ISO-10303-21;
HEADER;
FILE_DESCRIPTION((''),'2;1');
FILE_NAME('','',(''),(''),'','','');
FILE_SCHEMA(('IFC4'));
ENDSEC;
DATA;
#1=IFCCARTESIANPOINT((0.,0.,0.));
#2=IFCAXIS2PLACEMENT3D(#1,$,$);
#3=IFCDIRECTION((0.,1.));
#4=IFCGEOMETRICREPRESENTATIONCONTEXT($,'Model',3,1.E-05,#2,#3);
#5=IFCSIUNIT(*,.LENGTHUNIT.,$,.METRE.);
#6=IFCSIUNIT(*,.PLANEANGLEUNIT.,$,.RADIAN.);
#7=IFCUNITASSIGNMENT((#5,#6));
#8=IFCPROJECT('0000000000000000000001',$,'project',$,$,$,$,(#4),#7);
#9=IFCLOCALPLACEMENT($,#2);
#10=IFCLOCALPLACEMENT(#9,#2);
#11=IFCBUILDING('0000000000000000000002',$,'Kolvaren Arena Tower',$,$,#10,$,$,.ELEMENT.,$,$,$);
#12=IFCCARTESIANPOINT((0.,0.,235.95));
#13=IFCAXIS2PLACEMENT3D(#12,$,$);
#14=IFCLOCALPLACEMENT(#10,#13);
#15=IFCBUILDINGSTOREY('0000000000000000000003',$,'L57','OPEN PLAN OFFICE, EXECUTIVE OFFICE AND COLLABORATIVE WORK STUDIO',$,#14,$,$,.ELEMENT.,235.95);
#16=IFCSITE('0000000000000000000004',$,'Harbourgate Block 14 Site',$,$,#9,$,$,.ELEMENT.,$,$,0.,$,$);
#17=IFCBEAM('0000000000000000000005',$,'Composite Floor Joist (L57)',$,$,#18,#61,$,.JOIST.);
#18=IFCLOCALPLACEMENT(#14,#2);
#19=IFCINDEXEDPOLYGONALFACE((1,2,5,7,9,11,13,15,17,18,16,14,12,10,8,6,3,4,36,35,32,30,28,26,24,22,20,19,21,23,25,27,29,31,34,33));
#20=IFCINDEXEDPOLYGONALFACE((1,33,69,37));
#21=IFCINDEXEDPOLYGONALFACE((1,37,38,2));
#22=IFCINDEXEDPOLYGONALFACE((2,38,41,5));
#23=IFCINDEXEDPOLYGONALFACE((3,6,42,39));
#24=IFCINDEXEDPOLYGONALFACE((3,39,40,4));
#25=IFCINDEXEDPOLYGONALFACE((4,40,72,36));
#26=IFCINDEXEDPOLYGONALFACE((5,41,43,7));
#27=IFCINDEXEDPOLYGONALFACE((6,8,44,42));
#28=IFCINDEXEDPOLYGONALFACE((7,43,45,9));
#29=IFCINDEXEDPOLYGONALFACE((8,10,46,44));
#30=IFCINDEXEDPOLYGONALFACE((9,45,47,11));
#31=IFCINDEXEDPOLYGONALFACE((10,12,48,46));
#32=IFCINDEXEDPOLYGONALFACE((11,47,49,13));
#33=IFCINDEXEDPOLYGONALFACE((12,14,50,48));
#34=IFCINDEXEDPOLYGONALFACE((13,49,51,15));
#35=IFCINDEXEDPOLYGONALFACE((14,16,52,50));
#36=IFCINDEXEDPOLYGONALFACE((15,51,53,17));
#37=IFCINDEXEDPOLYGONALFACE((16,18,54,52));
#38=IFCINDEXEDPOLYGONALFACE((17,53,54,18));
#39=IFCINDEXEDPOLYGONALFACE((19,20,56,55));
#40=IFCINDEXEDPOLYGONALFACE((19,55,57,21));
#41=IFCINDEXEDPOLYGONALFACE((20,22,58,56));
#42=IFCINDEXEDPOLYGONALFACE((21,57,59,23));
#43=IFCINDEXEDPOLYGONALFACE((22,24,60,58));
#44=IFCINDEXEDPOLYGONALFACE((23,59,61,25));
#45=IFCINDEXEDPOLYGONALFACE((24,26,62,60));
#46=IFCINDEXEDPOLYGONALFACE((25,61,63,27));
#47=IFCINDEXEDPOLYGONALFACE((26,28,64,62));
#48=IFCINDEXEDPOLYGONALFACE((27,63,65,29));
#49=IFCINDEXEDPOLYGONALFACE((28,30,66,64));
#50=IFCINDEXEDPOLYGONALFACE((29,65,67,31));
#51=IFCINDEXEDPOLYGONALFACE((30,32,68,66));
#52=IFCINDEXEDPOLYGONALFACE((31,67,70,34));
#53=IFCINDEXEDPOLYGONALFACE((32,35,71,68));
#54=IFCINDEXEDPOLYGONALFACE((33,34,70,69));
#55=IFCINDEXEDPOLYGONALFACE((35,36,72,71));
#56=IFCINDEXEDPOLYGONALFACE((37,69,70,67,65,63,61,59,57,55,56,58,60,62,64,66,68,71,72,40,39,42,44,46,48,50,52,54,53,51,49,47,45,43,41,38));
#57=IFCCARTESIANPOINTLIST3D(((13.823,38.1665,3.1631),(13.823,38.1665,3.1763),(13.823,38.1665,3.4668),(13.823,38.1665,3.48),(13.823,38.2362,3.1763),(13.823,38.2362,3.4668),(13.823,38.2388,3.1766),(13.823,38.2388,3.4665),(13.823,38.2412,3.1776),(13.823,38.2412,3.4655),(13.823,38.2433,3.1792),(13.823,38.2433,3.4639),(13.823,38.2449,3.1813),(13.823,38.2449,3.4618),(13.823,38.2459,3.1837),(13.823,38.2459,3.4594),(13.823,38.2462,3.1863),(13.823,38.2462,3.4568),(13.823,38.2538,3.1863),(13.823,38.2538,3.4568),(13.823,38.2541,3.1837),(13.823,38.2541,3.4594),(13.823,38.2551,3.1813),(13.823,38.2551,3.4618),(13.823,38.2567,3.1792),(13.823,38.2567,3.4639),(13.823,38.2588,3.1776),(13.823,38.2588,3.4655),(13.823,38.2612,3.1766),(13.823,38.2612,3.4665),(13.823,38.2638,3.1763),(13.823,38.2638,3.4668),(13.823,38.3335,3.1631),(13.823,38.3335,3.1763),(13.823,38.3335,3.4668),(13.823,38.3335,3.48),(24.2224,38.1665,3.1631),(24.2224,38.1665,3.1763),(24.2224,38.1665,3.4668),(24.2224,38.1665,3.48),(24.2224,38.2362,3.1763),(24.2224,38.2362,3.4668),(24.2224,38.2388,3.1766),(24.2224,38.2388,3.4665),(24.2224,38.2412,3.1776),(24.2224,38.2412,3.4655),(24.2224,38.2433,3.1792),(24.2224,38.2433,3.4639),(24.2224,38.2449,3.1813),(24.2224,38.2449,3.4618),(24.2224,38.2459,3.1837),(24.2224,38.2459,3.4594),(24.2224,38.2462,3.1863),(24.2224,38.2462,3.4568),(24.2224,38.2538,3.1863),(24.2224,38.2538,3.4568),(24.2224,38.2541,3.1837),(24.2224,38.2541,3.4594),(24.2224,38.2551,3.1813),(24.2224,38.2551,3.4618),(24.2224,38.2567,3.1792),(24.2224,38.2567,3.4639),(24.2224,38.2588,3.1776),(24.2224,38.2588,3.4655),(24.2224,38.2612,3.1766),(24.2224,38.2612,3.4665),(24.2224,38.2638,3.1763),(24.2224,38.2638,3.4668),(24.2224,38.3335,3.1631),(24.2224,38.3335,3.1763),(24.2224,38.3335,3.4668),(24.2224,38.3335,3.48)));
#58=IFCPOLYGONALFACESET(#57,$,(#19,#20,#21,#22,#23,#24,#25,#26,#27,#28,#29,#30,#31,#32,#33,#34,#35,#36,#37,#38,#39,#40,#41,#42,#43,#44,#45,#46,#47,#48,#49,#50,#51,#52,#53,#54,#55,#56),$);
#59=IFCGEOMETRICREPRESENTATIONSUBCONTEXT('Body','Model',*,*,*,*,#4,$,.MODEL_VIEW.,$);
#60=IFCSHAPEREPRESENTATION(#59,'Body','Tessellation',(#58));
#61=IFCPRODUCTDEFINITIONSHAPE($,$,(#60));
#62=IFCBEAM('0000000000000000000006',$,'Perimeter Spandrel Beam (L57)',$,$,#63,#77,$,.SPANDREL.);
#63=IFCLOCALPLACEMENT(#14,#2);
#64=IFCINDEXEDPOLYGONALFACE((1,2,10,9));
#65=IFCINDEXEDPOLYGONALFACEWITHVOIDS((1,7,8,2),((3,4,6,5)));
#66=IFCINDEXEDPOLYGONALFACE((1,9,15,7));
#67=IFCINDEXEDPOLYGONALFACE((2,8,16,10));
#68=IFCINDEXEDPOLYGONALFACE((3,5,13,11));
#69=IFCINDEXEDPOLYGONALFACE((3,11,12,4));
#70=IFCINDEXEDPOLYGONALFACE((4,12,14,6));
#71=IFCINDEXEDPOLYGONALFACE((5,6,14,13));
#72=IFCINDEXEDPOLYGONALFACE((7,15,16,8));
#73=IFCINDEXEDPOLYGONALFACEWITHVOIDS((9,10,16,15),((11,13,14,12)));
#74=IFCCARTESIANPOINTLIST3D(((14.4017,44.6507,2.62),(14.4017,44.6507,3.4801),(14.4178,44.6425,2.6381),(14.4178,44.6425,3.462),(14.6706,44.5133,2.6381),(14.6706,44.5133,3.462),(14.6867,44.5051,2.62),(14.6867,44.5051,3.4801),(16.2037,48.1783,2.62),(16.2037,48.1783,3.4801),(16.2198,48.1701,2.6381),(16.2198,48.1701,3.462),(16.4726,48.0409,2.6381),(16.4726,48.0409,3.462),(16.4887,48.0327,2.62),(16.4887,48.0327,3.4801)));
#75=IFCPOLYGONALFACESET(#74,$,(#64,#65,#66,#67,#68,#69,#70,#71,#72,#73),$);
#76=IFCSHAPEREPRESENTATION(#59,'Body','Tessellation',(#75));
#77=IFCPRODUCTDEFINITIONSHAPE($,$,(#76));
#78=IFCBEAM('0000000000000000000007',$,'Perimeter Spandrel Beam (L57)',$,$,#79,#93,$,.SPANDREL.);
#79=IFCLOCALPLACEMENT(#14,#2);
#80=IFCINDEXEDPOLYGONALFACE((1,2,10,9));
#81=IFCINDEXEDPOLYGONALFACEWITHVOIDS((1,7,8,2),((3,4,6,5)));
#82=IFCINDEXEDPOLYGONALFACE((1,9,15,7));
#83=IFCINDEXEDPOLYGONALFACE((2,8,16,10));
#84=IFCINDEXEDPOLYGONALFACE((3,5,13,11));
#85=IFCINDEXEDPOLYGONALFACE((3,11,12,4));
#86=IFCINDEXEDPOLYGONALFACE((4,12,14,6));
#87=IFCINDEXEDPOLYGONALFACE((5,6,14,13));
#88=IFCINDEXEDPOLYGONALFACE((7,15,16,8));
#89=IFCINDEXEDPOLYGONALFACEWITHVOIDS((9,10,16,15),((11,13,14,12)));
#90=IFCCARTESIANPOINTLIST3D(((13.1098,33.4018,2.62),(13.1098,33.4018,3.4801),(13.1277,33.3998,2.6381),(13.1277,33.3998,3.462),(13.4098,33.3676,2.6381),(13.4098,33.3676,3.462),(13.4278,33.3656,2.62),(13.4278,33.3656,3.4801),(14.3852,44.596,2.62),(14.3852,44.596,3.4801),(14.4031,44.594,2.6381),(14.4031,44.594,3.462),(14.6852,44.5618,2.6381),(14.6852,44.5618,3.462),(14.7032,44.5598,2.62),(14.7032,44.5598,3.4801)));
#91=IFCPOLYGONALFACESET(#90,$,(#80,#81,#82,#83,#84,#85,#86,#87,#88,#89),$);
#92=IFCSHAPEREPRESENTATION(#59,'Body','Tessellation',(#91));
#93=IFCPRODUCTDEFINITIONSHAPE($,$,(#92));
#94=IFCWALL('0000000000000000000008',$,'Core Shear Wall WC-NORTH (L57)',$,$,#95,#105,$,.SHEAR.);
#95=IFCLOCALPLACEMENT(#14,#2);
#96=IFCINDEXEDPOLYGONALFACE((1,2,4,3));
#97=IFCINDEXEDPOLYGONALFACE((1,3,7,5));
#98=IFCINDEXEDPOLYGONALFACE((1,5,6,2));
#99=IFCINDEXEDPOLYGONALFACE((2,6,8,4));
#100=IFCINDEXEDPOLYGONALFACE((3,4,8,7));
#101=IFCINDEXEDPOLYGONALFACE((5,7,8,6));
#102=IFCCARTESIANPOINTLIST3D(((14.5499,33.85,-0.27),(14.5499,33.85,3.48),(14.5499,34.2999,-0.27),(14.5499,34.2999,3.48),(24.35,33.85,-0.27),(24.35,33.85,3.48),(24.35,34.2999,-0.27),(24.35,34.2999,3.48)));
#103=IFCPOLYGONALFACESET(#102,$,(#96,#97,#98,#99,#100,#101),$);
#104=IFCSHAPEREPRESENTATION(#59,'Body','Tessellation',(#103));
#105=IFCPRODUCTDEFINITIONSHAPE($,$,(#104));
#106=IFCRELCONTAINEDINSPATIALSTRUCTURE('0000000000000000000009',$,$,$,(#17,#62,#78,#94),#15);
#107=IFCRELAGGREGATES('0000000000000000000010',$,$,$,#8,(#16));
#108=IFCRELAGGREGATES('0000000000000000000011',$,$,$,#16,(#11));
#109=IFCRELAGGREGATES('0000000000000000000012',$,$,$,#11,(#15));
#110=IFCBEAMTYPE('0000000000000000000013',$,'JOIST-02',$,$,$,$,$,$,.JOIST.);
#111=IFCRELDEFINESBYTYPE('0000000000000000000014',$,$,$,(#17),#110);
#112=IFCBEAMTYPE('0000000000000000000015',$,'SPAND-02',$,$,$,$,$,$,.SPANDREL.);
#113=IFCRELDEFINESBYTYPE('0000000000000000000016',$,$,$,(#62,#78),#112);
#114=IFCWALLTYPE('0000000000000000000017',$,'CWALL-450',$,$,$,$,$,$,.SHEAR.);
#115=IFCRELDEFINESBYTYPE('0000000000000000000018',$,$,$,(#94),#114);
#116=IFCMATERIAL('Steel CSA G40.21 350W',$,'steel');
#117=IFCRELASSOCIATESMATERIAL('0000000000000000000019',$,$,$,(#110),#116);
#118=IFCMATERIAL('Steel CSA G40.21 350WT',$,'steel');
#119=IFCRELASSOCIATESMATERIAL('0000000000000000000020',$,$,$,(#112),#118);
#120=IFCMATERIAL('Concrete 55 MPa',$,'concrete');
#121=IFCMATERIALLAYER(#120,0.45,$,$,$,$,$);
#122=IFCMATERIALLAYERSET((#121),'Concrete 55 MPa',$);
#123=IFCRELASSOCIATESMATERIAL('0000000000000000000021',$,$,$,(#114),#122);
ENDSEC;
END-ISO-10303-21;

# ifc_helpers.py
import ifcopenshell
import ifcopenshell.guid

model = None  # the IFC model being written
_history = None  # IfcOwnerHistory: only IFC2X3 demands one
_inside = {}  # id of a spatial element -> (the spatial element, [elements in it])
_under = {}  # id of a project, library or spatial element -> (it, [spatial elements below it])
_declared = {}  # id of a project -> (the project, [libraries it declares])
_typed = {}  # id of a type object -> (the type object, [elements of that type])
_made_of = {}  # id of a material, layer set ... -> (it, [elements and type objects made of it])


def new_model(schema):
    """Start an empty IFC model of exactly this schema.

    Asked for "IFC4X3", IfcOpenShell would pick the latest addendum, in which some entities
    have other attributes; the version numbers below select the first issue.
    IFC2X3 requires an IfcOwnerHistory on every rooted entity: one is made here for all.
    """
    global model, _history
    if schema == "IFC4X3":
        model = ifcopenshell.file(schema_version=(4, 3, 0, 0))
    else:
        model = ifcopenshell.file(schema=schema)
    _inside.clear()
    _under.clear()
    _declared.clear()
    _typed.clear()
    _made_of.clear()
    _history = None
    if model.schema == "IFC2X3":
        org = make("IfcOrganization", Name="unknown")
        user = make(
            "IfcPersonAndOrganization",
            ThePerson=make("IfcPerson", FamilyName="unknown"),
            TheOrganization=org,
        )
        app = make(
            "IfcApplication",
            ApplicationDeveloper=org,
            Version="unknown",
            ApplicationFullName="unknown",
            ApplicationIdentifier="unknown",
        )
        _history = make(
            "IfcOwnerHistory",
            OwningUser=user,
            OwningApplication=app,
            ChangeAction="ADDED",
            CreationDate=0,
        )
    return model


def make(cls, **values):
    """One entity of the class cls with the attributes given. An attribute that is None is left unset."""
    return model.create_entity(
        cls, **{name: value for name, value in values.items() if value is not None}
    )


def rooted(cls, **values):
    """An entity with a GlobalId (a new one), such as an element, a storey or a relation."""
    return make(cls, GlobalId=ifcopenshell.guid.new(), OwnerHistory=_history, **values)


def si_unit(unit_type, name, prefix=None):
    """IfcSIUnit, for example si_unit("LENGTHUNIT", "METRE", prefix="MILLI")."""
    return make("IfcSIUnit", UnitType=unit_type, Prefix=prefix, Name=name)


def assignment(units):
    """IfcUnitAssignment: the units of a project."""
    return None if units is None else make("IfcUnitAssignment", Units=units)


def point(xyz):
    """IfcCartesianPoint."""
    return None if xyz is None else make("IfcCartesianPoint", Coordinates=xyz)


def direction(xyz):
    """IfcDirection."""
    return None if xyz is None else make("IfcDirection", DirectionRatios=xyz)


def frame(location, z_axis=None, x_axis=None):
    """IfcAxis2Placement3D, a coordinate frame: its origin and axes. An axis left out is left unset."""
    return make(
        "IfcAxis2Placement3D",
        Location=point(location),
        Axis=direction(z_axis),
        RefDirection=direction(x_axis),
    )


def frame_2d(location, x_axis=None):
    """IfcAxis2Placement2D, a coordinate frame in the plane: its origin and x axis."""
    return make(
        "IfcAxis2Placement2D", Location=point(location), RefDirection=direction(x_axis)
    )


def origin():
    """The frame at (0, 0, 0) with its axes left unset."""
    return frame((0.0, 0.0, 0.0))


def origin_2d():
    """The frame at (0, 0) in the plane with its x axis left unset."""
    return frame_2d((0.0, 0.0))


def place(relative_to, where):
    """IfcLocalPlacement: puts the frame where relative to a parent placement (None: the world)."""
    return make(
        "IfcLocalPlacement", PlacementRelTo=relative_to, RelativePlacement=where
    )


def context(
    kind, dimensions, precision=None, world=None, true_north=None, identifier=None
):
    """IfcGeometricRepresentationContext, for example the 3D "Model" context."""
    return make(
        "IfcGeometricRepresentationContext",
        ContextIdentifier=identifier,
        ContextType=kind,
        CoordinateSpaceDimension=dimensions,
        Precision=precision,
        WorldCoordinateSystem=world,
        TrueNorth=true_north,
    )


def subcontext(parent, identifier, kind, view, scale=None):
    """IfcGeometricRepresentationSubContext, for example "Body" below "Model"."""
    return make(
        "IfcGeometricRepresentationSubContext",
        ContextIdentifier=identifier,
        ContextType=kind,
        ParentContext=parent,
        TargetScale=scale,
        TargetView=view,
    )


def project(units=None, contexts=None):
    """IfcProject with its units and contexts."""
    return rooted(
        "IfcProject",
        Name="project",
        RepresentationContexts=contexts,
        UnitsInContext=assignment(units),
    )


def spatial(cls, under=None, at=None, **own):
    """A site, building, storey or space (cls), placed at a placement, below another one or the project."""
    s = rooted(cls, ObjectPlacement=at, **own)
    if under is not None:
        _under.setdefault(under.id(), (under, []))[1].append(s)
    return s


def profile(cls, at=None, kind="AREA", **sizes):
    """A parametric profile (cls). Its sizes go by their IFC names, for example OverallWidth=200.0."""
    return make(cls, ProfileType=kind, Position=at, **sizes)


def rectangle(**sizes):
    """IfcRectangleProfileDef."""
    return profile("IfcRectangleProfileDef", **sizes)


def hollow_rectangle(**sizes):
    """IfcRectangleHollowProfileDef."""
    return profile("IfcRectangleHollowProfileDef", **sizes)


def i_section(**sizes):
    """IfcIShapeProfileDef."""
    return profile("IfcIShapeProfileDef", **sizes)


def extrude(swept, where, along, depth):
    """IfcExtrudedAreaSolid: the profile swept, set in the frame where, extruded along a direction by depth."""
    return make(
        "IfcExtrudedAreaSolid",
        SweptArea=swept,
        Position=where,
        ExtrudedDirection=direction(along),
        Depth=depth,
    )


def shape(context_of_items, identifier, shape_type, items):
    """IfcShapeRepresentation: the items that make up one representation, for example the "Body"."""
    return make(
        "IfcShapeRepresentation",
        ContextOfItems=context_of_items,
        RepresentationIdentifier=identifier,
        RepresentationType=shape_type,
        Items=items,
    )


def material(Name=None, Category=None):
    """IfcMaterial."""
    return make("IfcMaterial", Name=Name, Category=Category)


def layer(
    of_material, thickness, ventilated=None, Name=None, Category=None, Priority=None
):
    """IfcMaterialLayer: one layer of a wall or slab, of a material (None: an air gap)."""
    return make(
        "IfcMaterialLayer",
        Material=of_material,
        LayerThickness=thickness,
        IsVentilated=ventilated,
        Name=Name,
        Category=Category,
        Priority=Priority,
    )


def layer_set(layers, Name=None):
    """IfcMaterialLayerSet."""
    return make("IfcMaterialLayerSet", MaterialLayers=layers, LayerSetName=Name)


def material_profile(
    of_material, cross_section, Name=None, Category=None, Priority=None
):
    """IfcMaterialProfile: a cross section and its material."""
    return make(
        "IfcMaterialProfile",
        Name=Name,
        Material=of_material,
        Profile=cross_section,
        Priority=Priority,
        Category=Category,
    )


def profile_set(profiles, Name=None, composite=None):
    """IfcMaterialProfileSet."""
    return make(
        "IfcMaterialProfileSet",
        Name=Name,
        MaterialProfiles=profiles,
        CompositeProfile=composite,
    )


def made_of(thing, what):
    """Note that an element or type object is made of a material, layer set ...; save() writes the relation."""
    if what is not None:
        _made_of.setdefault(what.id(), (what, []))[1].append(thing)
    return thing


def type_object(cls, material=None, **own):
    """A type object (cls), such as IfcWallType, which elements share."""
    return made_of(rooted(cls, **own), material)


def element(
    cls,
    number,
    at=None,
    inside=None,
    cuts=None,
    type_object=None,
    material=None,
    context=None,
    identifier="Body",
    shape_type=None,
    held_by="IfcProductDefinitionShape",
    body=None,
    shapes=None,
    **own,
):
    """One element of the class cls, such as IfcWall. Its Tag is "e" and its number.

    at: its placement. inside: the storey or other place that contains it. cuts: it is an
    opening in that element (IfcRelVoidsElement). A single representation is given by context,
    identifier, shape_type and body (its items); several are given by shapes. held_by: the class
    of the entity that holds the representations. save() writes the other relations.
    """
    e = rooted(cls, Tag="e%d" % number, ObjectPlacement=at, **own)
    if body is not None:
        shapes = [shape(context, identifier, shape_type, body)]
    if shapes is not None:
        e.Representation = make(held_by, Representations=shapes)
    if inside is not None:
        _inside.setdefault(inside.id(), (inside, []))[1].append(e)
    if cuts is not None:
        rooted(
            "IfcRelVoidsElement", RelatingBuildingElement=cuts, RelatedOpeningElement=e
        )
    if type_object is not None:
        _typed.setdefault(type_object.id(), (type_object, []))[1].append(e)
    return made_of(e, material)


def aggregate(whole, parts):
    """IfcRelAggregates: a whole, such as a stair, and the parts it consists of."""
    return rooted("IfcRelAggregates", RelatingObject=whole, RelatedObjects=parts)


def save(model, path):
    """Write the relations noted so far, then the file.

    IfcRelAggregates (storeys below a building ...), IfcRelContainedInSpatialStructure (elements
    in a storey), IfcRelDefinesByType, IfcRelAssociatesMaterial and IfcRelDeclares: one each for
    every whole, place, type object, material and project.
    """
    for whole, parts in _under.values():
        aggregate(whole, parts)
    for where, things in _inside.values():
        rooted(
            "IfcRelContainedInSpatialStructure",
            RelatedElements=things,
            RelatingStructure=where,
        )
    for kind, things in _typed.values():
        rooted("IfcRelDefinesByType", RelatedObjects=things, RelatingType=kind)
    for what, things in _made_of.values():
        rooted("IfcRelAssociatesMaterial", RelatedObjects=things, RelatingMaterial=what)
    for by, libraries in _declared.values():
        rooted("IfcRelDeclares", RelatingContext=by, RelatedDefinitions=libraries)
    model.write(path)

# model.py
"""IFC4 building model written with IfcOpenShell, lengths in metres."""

from ifc_helpers import new_model, si_unit, direction, frame, frame_2d, origin, origin_2d, place, context, subcontext, project, spatial, rectangle, hollow_rectangle, i_section, extrude, material, layer, layer_set, material_profile, profile_set, type_object, element, save


model = new_model("IFC4")

# Units and contexts
model_context = context("Model", 3, precision=1e-05, world=origin(), true_north=direction((0.0, 1.0)))
body_context = subcontext(model_context, "Body", "Model", "MODEL_VIEW")
ifc_project = project(units=[si_unit("LENGTHUNIT", "METRE"), si_unit("PLANEANGLEUNIT", "RADIAN")], contexts=[model_context])

# Site, building, storey
site_placement = place(None, origin())
site = spatial("IfcSite", under=ifc_project, at=site_placement, Name="Harbourgate Block 14 Site", CompositionType="ELEMENT", RefElevation=0.0)
building_placement = place(site_placement, origin())
building = spatial("IfcBuilding", under=site, at=building_placement, Name="Kolvaren Arena Tower", CompositionType="ELEMENT")
storey_placement = place(building_placement, frame((0.0, 0.0, 235.95)))
storey = spatial("IfcBuildingStorey", under=building, at=storey_placement, Name="L57", Description="OPEN PLAN OFFICE, EXECUTIVE OFFICE AND COLLABORATIVE WORK STUDIO", CompositionType="ELEMENT", Elevation=235.95)

# Beams
ifc_material_1 = material(Name="Steel CSA G40.21 350W", Category="steel")
ifc_material_profile_1 = material_profile(ifc_material_1, i_section(OverallWidth=0.167, OverallDepth=0.3169, WebThickness=0.0076, FlangeThickness=0.0132, FilletRadius=0.01, at=origin_2d()), Name="W310x52")
ifc_profile_set_1 = profile_set([ifc_material_profile_1], Name="Steel CSA G40.21 350W")
beam_type_1 = type_object("IfcBeamType", Name="JOIST-02", PredefinedType="JOIST", material=ifc_profile_set_1)
beam_1_placement = place(storey_placement, frame((13.823, 38.25, 3.3215), z_axis=(1.0, 0.0, 0.0), x_axis=(0.0, 1.0, 0.0)))
element("IfcBeam", 1, at=beam_1_placement, inside=storey, type_object=beam_type_1, Name="Composite Floor Joist (L57)", PredefinedType="JOIST", context=body_context, shape_type="SweptSolid", body=[
    extrude(i_section(OverallWidth=0.167, OverallDepth=0.3169, WebThickness=0.0076, FlangeThickness=0.0132, FilletRadius=0.01, at=origin_2d()), origin(), (0.0, 0.0, 1.0), 10.3994),
])
ifc_material_2 = material(Name="Steel CSA G40.21 350WT", Category="steel")
ifc_material_profile_2 = material_profile(ifc_material_2, hollow_rectangle(XDim=0.3201, YDim=0.8601, WallThickness=0.0181, at=origin_2d()), Name="HSS 860x320x18")
ifc_profile_set_2 = profile_set([ifc_material_profile_2], Name="Steel CSA G40.21 350WT")
beam_type_2 = type_object("IfcBeamType", Name="SPAND-02", PredefinedType="SPANDREL", material=ifc_profile_set_2)
beam_2_placement = place(storey_placement, frame((16.3462, 48.1055, 3.05), z_axis=(-0.454913, -0.890536, 0.0), x_axis=(0.890536, -0.454913, 0.0)))
element("IfcBeam", 2, at=beam_2_placement, inside=storey, type_object=beam_type_2, Name="Perimeter Spandrel Beam (L57)", PredefinedType="SPANDREL", context=body_context, shape_type="SweptSolid", body=[
    extrude(hollow_rectangle(XDim=0.3201, YDim=0.8601, WallThickness=0.0181, at=origin_2d()), origin(), (0.0, 0.0, 1.0), 3.9612),
])
beam_3_placement = place(storey_placement, frame((14.5442, 44.5779, 3.05), z_axis=(-0.113202, -0.993572, 0.0), x_axis=(0.993572, -0.113202, 0.0)))
element("IfcBeam", 3, at=beam_3_placement, inside=storey, type_object=beam_type_2, Name="Perimeter Spandrel Beam (L57)", PredefinedType="SPANDREL", context=body_context, shape_type="SweptSolid", body=[
    extrude(hollow_rectangle(XDim=0.3201, YDim=0.8601, WallThickness=0.0181, at=origin_2d()), origin(), (0.0, 0.0, 1.0), 11.2666),
])

# Wall
ifc_material_3 = material(Name="Concrete 55 MPa", Category="concrete")
ifc_layer_1 = layer(ifc_material_3, 0.45)
ifc_layer_set_1 = layer_set([ifc_layer_1], Name="Concrete 55 MPa")
wall_type_1 = type_object("IfcWallType", Name="CWALL-450", PredefinedType="SHEAR", material=ifc_layer_set_1)
wall_1_placement = place(storey_placement, frame((14.55, 34.075, -0.27), z_axis=(0.0, 0.0, 1.0), x_axis=(1.0, 0.0, 0.0)))
element("IfcWall", 4, at=wall_1_placement, inside=storey, type_object=wall_type_1, Name="Core Shear Wall WC-NORTH (L57)", PredefinedType="SHEAR", context=body_context, shape_type="SweptSolid", body=[
    extrude(rectangle(XDim=9.8, YDim=0.45, at=frame_2d((4.8999, 0.0))), origin(), (0.0, 0.0, 1.0), 3.75),
])

save(model, "model.ifc")
